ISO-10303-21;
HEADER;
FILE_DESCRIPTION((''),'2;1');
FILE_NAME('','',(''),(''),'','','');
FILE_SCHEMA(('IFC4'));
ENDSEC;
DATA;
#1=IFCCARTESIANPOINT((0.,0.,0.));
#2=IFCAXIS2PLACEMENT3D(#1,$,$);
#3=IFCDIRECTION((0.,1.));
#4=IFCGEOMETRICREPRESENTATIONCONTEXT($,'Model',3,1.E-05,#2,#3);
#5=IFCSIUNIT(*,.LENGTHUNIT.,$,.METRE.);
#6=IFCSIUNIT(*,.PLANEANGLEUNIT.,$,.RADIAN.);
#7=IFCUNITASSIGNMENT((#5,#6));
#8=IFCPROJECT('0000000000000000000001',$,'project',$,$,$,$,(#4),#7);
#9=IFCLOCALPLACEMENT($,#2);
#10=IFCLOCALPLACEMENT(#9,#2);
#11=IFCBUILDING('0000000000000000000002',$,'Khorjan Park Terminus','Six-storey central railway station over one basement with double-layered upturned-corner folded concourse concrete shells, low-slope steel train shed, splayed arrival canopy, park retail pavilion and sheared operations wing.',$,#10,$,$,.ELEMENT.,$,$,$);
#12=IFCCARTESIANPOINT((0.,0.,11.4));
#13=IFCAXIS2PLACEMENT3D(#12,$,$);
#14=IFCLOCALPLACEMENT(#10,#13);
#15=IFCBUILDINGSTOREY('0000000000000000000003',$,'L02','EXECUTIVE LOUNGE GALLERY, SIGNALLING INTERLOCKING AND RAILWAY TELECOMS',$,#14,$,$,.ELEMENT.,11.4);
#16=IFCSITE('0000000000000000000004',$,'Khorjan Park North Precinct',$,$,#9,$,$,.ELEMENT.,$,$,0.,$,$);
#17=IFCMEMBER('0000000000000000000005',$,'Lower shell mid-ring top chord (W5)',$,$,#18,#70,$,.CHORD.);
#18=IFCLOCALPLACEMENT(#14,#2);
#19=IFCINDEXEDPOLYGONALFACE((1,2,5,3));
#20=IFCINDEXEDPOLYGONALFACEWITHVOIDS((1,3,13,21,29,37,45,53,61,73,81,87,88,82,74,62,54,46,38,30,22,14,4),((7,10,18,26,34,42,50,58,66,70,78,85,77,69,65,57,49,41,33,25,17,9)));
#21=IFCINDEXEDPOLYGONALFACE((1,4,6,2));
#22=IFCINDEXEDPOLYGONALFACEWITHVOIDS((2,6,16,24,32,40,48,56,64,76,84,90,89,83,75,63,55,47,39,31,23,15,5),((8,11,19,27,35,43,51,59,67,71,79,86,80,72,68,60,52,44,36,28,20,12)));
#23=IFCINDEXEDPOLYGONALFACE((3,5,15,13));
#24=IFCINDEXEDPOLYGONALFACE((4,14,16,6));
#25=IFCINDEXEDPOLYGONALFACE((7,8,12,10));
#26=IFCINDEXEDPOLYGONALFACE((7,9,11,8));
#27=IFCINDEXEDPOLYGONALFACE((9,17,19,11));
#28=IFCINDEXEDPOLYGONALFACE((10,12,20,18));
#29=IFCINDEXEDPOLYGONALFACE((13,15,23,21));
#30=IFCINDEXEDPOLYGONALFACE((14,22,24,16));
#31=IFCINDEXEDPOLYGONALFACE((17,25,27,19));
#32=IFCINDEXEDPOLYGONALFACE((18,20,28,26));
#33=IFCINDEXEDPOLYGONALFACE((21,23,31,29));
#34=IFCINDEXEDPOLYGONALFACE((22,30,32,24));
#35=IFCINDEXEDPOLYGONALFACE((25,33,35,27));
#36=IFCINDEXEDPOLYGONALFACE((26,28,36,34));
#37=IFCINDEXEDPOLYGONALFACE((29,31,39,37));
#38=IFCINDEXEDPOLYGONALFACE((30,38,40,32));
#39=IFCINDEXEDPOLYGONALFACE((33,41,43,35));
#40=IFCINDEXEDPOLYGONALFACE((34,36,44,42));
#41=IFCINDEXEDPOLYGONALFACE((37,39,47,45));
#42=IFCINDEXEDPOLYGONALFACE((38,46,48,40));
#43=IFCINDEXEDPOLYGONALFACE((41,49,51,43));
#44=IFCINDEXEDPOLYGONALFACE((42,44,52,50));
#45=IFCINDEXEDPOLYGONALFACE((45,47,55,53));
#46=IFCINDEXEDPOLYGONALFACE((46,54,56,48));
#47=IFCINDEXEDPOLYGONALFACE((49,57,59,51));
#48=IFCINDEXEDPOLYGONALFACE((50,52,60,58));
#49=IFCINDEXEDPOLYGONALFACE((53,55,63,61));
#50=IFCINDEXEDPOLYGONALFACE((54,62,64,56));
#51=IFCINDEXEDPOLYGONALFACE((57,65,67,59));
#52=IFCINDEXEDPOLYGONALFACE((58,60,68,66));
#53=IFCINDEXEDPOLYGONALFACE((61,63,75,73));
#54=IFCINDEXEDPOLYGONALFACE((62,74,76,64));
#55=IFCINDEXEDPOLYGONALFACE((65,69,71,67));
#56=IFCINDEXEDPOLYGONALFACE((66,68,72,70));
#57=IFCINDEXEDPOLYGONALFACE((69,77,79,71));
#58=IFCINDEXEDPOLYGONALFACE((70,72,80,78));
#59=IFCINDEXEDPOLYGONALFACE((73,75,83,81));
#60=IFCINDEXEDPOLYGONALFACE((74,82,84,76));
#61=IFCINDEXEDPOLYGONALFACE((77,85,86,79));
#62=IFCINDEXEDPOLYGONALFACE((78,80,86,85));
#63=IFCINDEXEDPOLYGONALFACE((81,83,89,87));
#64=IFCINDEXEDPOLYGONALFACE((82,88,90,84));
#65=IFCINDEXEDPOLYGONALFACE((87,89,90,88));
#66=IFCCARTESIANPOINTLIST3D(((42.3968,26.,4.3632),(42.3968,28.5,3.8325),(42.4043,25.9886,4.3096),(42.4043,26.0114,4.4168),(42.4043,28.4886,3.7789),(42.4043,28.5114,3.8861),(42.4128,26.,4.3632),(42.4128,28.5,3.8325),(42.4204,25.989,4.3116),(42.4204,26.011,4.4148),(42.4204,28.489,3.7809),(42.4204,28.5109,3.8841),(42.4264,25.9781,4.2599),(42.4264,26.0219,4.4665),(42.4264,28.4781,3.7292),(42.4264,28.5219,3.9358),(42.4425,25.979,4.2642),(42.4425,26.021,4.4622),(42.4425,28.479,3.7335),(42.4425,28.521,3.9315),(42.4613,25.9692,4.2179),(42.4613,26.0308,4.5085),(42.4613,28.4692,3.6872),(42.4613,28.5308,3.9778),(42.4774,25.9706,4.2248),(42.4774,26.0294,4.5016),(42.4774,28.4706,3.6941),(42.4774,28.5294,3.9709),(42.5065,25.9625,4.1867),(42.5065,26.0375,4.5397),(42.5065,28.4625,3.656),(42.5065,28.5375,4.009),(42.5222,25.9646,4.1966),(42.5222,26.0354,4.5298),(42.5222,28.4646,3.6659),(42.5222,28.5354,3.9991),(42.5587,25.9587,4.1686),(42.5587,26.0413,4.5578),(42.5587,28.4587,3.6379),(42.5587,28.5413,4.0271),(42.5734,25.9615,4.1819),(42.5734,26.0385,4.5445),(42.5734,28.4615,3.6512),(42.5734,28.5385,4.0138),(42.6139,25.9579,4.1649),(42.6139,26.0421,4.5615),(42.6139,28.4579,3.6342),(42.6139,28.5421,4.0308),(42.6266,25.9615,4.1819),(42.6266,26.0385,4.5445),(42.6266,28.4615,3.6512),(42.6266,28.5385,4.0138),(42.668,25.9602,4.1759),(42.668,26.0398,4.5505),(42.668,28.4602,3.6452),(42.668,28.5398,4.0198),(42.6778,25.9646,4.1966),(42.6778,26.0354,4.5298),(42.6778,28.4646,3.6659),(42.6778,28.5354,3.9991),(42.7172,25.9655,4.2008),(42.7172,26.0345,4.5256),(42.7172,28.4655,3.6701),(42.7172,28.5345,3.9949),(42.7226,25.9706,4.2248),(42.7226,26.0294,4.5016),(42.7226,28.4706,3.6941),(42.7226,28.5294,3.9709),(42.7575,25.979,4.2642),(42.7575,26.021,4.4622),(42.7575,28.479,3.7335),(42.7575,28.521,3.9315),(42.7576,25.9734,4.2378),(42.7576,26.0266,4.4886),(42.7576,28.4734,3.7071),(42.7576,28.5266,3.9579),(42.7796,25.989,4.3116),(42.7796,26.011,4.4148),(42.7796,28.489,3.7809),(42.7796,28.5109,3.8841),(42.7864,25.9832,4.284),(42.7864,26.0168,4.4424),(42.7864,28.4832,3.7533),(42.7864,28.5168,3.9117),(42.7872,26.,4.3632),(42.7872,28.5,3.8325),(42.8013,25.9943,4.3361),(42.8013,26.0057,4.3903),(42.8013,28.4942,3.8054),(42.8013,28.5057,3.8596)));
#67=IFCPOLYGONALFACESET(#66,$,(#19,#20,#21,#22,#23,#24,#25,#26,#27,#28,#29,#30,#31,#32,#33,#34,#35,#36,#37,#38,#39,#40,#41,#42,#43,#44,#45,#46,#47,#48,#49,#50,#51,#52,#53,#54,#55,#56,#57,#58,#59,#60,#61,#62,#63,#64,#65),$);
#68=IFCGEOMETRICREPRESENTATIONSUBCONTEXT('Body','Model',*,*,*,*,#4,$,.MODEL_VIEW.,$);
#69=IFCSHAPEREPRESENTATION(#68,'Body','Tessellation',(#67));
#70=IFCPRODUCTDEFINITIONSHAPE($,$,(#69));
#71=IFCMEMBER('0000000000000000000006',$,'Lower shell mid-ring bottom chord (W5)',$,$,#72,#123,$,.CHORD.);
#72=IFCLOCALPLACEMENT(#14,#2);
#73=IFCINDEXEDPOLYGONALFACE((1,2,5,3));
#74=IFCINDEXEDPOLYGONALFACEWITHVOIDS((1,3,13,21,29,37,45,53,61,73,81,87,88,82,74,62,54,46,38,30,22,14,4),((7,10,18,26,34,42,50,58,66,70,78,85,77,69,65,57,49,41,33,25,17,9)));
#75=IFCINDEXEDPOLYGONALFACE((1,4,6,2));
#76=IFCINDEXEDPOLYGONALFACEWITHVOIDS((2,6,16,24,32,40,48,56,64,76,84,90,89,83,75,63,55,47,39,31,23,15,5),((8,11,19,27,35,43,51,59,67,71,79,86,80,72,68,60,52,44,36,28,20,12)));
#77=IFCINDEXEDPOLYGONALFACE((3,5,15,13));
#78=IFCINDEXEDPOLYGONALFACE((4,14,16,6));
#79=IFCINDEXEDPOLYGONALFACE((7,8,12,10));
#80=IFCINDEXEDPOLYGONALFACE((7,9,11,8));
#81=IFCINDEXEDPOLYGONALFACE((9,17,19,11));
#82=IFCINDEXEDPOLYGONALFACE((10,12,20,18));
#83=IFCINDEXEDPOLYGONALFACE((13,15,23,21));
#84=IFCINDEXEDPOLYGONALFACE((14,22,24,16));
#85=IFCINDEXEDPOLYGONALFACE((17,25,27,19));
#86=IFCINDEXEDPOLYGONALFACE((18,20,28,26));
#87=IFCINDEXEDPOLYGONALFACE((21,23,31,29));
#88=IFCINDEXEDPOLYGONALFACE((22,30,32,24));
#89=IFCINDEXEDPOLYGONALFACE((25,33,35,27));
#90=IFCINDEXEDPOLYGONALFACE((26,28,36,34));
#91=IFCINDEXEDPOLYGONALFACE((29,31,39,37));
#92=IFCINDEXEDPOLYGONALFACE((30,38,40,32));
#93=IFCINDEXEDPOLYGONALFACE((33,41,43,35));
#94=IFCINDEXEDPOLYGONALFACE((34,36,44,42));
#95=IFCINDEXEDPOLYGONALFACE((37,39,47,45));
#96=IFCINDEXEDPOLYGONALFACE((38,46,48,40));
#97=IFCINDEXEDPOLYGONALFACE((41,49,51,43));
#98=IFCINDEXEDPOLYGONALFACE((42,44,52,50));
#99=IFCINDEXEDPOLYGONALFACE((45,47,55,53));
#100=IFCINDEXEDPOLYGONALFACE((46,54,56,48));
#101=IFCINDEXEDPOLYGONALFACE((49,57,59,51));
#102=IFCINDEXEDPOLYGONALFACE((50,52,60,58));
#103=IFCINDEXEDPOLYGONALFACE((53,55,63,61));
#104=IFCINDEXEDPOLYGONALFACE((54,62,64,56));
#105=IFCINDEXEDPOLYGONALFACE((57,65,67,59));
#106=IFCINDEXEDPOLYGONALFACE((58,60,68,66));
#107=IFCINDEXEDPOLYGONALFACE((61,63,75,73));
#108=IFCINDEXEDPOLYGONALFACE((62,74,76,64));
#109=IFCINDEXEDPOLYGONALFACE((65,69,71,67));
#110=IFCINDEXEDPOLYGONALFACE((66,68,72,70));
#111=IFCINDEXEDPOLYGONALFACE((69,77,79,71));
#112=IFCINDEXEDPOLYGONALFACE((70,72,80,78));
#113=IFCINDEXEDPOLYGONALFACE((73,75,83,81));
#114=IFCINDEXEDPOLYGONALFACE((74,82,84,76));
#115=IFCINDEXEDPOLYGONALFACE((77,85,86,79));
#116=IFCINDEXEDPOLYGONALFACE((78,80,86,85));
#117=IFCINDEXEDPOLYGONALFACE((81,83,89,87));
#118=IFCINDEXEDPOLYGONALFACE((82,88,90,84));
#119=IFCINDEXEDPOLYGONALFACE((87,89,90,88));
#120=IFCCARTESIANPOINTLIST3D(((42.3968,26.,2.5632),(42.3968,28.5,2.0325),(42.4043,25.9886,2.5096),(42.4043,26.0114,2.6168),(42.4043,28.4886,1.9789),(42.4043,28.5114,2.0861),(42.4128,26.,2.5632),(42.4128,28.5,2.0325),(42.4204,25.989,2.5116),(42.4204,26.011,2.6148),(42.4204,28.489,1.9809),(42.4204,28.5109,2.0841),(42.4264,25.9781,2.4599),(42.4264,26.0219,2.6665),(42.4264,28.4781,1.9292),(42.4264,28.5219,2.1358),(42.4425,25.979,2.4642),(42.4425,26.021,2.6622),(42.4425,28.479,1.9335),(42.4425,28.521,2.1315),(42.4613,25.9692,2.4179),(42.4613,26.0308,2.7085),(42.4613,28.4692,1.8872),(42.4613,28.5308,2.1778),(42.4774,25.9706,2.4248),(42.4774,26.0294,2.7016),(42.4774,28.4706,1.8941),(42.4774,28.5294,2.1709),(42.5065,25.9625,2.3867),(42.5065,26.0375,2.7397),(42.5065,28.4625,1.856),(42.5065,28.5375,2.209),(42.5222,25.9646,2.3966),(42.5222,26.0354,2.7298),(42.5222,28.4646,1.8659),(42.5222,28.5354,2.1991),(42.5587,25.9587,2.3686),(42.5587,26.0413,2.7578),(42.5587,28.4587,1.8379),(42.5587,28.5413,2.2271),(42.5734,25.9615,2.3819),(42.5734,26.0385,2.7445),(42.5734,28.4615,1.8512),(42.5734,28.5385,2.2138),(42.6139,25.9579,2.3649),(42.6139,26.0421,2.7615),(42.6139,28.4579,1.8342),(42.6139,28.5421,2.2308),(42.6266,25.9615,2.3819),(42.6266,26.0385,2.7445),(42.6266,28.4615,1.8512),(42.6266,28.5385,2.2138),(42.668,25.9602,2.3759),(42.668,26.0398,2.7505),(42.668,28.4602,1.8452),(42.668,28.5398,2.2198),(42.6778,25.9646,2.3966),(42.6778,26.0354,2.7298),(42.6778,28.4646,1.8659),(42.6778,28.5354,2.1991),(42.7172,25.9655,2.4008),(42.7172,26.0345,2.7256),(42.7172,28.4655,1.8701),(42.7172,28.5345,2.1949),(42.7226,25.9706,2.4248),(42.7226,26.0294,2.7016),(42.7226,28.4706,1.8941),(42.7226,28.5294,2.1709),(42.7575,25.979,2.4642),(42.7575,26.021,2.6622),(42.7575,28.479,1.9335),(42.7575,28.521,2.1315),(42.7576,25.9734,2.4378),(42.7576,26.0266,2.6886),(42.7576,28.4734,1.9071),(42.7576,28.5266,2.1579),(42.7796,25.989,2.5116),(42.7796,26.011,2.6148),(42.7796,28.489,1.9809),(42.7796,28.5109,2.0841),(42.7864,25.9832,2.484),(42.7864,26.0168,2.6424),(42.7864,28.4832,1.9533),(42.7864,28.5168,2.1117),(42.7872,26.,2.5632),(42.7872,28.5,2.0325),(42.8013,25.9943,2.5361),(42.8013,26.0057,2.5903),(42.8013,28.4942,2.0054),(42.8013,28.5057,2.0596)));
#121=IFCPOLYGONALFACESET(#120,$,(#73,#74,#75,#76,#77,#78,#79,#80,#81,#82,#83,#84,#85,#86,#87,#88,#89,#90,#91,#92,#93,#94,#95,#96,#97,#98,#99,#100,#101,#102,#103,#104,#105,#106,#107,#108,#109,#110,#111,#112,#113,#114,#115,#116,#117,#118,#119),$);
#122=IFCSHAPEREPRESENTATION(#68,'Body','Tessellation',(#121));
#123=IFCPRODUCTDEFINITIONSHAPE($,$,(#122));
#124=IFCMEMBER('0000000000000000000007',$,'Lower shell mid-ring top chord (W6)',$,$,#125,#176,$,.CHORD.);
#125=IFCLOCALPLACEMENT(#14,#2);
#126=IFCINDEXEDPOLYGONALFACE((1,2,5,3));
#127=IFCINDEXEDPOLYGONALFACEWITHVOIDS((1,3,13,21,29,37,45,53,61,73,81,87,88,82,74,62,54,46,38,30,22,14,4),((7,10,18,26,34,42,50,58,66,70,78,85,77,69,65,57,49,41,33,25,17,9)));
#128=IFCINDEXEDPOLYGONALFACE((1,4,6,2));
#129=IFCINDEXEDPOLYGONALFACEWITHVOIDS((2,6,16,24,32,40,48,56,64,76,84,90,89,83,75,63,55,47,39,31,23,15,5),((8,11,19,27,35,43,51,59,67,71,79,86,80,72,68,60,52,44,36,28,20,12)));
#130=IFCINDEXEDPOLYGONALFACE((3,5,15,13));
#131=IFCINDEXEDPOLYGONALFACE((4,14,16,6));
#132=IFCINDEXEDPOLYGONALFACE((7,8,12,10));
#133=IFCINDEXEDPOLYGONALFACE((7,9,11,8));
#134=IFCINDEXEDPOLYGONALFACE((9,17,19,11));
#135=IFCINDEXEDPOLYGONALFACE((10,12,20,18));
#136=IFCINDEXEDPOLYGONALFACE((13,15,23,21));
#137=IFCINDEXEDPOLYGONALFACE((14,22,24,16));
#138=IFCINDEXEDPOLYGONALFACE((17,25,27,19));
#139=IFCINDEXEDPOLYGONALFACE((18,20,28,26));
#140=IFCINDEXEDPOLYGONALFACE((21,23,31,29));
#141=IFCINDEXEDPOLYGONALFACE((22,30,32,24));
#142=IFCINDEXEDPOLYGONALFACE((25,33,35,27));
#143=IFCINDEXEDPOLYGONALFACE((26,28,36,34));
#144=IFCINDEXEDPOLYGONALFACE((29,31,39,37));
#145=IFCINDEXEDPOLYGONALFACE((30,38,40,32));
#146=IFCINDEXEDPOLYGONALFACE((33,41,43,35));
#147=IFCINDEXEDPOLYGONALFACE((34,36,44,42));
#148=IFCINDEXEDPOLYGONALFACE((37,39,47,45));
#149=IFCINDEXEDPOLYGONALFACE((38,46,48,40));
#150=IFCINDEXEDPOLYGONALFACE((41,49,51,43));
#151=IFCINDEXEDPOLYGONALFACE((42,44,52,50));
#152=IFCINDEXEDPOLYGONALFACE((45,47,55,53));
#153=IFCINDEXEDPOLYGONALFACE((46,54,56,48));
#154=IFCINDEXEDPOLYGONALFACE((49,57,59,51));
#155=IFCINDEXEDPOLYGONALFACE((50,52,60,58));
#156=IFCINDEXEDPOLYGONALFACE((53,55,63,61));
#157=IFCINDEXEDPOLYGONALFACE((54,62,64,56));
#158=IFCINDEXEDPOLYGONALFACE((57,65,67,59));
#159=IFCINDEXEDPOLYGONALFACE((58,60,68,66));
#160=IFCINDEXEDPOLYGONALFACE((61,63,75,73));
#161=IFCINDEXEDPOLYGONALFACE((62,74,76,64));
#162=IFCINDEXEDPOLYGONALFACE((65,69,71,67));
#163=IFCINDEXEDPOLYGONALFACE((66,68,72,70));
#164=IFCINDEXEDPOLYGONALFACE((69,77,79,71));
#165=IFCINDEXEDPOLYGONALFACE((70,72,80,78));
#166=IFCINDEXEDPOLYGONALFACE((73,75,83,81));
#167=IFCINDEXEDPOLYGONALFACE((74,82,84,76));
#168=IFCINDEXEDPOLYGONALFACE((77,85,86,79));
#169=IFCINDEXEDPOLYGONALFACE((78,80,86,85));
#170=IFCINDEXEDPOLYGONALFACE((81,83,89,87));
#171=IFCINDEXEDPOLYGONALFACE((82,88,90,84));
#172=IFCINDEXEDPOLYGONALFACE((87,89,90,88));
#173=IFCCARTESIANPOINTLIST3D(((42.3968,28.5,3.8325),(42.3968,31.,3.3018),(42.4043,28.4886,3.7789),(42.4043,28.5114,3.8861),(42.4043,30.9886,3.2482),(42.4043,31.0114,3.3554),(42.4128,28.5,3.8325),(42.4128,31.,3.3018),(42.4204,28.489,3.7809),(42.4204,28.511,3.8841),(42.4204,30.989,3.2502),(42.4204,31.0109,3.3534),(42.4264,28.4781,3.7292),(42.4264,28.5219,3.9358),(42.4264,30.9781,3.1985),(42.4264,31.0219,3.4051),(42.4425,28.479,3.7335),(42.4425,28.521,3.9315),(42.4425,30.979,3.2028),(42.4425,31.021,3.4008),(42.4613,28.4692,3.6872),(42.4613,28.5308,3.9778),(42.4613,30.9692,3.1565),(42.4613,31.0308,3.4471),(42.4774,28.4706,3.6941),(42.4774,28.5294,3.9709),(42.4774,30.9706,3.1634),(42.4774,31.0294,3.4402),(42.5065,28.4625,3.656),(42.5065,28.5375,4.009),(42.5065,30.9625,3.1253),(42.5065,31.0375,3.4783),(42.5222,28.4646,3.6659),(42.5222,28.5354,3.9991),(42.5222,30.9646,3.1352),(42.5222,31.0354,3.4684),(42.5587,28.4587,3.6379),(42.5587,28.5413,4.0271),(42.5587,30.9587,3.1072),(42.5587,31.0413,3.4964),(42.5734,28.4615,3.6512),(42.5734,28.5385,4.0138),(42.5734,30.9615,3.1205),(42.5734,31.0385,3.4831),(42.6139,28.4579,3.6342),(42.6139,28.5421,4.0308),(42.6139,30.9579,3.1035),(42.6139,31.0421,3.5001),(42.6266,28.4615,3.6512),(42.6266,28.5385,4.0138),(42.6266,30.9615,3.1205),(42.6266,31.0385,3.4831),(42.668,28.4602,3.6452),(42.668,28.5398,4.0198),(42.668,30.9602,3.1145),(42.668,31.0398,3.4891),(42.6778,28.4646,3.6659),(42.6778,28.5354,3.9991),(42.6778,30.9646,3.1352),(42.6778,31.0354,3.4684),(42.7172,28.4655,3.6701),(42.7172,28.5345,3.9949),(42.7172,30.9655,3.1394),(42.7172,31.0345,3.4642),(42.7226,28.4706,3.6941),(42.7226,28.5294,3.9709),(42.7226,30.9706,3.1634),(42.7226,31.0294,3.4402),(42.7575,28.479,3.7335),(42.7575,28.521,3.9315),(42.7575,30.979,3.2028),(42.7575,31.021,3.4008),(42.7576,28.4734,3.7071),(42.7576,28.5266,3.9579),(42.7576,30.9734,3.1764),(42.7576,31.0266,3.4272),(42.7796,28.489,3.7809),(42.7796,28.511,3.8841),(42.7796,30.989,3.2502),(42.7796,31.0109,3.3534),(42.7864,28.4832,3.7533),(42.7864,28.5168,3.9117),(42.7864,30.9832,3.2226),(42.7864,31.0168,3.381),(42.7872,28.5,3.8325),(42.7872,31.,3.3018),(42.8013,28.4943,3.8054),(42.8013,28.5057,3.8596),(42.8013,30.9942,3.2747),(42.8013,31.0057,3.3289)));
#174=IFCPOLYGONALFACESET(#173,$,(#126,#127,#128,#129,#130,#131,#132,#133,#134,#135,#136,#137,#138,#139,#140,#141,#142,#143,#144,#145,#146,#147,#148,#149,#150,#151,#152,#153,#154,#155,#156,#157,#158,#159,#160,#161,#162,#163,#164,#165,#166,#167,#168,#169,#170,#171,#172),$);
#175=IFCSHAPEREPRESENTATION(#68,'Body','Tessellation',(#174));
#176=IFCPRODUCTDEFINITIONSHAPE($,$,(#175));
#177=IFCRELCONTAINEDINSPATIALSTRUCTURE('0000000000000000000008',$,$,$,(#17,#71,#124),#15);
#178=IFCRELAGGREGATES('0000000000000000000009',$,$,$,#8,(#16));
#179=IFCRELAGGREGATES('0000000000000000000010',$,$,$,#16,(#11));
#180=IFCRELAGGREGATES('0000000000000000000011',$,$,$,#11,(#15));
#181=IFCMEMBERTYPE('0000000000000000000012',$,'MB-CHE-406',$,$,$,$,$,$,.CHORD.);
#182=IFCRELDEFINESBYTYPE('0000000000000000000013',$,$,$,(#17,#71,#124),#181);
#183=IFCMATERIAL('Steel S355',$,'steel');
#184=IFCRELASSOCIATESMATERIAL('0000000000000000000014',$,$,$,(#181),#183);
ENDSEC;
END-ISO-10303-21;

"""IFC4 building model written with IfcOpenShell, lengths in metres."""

from ifc_helpers import new_model, si_unit, direction, frame, origin, origin_2d, place, context, subcontext, project, spatial, hollow_circle, extrude, material, material_profile, profile_set, type_object, element, save


model = new_model("IFC4")

# Units and contexts
model_context = context("Model", 3, precision=1e-05, world=origin(), true_north=direction((0.0, 1.0)))
body_context = subcontext(model_context, "Body", "Model", "MODEL_VIEW")
ifc_project = project(units=[si_unit("LENGTHUNIT", "METRE"), si_unit("PLANEANGLEUNIT", "RADIAN")], contexts=[model_context])

# Site, building, storey
site_placement = place(None, origin())
site = spatial("IfcSite", under=ifc_project, at=site_placement, Name="Khorjan Park North Precinct", CompositionType="ELEMENT", RefElevation=0.0)
building_placement = place(site_placement, origin())
building = spatial("IfcBuilding", under=site, at=building_placement, Name="Khorjan Park Terminus", Description="Six-storey central railway station over one basement with double-layered upturned-corner folded concourse concrete shells, low-slope steel train shed, splayed arrival canopy, park retail pavilion and sheared operations wing.", CompositionType="ELEMENT")
storey_placement = place(building_placement, frame((0.0, 0.0, 11.4)))
storey = spatial("IfcBuildingStorey", under=building, at=storey_placement, Name="L02", Description="EXECUTIVE LOUNGE GALLERY, SIGNALLING INTERLOCKING AND RAILWAY TELECOMS", CompositionType="ELEMENT", Elevation=11.4)

# Members
ifc_material_1 = material(Name="Steel S355", Category="steel")
ifc_material_profile_1 = material_profile(ifc_material_1, hollow_circle(Radius=0.2032, WallThickness=0.016, at=origin_2d()), Name="CHS 406.4x16")
ifc_profile_set_1 = profile_set([ifc_material_profile_1], Name="Steel S355")
member_type_1 = type_object("IfcMemberType", Name="MB-CHE-406", PredefinedType="CHORD", material=ifc_profile_set_1)
for number, where, z_axis, x_axis, name in (
    (1, (42.6, 26.0, 4.3632), (0.0, 0.978203, -0.207653), (-1.0, 0.0, 0.0), "Lower shell mid-ring top chord (W5)"),
    (2, (42.6, 26.0, 2.5632), (0.0, 0.978203, -0.207653), (-1.0, 0.0, 0.0), "Lower shell mid-ring bottom chord (W5)"),
    (3, (42.6, 28.5, 3.8325), (0.0, 0.978203, -0.207653), (-1.0, 0.0, 0.0), "Lower shell mid-ring top chord (W6)"),
):
    element("IfcMember", number, at=place(storey_placement, frame(where, z_axis=z_axis, x_axis=x_axis)), inside=storey, type_object=member_type_1, Name=name, PredefinedType="CHORD", context=body_context, shape_type="SweptSolid", body=[
        extrude(hollow_circle(Radius=0.2032, WallThickness=0.016, at=origin_2d()), origin(), (0.0, 0.0, 1.0), 2.5557),
    ])

save(model, "model.ifc")
